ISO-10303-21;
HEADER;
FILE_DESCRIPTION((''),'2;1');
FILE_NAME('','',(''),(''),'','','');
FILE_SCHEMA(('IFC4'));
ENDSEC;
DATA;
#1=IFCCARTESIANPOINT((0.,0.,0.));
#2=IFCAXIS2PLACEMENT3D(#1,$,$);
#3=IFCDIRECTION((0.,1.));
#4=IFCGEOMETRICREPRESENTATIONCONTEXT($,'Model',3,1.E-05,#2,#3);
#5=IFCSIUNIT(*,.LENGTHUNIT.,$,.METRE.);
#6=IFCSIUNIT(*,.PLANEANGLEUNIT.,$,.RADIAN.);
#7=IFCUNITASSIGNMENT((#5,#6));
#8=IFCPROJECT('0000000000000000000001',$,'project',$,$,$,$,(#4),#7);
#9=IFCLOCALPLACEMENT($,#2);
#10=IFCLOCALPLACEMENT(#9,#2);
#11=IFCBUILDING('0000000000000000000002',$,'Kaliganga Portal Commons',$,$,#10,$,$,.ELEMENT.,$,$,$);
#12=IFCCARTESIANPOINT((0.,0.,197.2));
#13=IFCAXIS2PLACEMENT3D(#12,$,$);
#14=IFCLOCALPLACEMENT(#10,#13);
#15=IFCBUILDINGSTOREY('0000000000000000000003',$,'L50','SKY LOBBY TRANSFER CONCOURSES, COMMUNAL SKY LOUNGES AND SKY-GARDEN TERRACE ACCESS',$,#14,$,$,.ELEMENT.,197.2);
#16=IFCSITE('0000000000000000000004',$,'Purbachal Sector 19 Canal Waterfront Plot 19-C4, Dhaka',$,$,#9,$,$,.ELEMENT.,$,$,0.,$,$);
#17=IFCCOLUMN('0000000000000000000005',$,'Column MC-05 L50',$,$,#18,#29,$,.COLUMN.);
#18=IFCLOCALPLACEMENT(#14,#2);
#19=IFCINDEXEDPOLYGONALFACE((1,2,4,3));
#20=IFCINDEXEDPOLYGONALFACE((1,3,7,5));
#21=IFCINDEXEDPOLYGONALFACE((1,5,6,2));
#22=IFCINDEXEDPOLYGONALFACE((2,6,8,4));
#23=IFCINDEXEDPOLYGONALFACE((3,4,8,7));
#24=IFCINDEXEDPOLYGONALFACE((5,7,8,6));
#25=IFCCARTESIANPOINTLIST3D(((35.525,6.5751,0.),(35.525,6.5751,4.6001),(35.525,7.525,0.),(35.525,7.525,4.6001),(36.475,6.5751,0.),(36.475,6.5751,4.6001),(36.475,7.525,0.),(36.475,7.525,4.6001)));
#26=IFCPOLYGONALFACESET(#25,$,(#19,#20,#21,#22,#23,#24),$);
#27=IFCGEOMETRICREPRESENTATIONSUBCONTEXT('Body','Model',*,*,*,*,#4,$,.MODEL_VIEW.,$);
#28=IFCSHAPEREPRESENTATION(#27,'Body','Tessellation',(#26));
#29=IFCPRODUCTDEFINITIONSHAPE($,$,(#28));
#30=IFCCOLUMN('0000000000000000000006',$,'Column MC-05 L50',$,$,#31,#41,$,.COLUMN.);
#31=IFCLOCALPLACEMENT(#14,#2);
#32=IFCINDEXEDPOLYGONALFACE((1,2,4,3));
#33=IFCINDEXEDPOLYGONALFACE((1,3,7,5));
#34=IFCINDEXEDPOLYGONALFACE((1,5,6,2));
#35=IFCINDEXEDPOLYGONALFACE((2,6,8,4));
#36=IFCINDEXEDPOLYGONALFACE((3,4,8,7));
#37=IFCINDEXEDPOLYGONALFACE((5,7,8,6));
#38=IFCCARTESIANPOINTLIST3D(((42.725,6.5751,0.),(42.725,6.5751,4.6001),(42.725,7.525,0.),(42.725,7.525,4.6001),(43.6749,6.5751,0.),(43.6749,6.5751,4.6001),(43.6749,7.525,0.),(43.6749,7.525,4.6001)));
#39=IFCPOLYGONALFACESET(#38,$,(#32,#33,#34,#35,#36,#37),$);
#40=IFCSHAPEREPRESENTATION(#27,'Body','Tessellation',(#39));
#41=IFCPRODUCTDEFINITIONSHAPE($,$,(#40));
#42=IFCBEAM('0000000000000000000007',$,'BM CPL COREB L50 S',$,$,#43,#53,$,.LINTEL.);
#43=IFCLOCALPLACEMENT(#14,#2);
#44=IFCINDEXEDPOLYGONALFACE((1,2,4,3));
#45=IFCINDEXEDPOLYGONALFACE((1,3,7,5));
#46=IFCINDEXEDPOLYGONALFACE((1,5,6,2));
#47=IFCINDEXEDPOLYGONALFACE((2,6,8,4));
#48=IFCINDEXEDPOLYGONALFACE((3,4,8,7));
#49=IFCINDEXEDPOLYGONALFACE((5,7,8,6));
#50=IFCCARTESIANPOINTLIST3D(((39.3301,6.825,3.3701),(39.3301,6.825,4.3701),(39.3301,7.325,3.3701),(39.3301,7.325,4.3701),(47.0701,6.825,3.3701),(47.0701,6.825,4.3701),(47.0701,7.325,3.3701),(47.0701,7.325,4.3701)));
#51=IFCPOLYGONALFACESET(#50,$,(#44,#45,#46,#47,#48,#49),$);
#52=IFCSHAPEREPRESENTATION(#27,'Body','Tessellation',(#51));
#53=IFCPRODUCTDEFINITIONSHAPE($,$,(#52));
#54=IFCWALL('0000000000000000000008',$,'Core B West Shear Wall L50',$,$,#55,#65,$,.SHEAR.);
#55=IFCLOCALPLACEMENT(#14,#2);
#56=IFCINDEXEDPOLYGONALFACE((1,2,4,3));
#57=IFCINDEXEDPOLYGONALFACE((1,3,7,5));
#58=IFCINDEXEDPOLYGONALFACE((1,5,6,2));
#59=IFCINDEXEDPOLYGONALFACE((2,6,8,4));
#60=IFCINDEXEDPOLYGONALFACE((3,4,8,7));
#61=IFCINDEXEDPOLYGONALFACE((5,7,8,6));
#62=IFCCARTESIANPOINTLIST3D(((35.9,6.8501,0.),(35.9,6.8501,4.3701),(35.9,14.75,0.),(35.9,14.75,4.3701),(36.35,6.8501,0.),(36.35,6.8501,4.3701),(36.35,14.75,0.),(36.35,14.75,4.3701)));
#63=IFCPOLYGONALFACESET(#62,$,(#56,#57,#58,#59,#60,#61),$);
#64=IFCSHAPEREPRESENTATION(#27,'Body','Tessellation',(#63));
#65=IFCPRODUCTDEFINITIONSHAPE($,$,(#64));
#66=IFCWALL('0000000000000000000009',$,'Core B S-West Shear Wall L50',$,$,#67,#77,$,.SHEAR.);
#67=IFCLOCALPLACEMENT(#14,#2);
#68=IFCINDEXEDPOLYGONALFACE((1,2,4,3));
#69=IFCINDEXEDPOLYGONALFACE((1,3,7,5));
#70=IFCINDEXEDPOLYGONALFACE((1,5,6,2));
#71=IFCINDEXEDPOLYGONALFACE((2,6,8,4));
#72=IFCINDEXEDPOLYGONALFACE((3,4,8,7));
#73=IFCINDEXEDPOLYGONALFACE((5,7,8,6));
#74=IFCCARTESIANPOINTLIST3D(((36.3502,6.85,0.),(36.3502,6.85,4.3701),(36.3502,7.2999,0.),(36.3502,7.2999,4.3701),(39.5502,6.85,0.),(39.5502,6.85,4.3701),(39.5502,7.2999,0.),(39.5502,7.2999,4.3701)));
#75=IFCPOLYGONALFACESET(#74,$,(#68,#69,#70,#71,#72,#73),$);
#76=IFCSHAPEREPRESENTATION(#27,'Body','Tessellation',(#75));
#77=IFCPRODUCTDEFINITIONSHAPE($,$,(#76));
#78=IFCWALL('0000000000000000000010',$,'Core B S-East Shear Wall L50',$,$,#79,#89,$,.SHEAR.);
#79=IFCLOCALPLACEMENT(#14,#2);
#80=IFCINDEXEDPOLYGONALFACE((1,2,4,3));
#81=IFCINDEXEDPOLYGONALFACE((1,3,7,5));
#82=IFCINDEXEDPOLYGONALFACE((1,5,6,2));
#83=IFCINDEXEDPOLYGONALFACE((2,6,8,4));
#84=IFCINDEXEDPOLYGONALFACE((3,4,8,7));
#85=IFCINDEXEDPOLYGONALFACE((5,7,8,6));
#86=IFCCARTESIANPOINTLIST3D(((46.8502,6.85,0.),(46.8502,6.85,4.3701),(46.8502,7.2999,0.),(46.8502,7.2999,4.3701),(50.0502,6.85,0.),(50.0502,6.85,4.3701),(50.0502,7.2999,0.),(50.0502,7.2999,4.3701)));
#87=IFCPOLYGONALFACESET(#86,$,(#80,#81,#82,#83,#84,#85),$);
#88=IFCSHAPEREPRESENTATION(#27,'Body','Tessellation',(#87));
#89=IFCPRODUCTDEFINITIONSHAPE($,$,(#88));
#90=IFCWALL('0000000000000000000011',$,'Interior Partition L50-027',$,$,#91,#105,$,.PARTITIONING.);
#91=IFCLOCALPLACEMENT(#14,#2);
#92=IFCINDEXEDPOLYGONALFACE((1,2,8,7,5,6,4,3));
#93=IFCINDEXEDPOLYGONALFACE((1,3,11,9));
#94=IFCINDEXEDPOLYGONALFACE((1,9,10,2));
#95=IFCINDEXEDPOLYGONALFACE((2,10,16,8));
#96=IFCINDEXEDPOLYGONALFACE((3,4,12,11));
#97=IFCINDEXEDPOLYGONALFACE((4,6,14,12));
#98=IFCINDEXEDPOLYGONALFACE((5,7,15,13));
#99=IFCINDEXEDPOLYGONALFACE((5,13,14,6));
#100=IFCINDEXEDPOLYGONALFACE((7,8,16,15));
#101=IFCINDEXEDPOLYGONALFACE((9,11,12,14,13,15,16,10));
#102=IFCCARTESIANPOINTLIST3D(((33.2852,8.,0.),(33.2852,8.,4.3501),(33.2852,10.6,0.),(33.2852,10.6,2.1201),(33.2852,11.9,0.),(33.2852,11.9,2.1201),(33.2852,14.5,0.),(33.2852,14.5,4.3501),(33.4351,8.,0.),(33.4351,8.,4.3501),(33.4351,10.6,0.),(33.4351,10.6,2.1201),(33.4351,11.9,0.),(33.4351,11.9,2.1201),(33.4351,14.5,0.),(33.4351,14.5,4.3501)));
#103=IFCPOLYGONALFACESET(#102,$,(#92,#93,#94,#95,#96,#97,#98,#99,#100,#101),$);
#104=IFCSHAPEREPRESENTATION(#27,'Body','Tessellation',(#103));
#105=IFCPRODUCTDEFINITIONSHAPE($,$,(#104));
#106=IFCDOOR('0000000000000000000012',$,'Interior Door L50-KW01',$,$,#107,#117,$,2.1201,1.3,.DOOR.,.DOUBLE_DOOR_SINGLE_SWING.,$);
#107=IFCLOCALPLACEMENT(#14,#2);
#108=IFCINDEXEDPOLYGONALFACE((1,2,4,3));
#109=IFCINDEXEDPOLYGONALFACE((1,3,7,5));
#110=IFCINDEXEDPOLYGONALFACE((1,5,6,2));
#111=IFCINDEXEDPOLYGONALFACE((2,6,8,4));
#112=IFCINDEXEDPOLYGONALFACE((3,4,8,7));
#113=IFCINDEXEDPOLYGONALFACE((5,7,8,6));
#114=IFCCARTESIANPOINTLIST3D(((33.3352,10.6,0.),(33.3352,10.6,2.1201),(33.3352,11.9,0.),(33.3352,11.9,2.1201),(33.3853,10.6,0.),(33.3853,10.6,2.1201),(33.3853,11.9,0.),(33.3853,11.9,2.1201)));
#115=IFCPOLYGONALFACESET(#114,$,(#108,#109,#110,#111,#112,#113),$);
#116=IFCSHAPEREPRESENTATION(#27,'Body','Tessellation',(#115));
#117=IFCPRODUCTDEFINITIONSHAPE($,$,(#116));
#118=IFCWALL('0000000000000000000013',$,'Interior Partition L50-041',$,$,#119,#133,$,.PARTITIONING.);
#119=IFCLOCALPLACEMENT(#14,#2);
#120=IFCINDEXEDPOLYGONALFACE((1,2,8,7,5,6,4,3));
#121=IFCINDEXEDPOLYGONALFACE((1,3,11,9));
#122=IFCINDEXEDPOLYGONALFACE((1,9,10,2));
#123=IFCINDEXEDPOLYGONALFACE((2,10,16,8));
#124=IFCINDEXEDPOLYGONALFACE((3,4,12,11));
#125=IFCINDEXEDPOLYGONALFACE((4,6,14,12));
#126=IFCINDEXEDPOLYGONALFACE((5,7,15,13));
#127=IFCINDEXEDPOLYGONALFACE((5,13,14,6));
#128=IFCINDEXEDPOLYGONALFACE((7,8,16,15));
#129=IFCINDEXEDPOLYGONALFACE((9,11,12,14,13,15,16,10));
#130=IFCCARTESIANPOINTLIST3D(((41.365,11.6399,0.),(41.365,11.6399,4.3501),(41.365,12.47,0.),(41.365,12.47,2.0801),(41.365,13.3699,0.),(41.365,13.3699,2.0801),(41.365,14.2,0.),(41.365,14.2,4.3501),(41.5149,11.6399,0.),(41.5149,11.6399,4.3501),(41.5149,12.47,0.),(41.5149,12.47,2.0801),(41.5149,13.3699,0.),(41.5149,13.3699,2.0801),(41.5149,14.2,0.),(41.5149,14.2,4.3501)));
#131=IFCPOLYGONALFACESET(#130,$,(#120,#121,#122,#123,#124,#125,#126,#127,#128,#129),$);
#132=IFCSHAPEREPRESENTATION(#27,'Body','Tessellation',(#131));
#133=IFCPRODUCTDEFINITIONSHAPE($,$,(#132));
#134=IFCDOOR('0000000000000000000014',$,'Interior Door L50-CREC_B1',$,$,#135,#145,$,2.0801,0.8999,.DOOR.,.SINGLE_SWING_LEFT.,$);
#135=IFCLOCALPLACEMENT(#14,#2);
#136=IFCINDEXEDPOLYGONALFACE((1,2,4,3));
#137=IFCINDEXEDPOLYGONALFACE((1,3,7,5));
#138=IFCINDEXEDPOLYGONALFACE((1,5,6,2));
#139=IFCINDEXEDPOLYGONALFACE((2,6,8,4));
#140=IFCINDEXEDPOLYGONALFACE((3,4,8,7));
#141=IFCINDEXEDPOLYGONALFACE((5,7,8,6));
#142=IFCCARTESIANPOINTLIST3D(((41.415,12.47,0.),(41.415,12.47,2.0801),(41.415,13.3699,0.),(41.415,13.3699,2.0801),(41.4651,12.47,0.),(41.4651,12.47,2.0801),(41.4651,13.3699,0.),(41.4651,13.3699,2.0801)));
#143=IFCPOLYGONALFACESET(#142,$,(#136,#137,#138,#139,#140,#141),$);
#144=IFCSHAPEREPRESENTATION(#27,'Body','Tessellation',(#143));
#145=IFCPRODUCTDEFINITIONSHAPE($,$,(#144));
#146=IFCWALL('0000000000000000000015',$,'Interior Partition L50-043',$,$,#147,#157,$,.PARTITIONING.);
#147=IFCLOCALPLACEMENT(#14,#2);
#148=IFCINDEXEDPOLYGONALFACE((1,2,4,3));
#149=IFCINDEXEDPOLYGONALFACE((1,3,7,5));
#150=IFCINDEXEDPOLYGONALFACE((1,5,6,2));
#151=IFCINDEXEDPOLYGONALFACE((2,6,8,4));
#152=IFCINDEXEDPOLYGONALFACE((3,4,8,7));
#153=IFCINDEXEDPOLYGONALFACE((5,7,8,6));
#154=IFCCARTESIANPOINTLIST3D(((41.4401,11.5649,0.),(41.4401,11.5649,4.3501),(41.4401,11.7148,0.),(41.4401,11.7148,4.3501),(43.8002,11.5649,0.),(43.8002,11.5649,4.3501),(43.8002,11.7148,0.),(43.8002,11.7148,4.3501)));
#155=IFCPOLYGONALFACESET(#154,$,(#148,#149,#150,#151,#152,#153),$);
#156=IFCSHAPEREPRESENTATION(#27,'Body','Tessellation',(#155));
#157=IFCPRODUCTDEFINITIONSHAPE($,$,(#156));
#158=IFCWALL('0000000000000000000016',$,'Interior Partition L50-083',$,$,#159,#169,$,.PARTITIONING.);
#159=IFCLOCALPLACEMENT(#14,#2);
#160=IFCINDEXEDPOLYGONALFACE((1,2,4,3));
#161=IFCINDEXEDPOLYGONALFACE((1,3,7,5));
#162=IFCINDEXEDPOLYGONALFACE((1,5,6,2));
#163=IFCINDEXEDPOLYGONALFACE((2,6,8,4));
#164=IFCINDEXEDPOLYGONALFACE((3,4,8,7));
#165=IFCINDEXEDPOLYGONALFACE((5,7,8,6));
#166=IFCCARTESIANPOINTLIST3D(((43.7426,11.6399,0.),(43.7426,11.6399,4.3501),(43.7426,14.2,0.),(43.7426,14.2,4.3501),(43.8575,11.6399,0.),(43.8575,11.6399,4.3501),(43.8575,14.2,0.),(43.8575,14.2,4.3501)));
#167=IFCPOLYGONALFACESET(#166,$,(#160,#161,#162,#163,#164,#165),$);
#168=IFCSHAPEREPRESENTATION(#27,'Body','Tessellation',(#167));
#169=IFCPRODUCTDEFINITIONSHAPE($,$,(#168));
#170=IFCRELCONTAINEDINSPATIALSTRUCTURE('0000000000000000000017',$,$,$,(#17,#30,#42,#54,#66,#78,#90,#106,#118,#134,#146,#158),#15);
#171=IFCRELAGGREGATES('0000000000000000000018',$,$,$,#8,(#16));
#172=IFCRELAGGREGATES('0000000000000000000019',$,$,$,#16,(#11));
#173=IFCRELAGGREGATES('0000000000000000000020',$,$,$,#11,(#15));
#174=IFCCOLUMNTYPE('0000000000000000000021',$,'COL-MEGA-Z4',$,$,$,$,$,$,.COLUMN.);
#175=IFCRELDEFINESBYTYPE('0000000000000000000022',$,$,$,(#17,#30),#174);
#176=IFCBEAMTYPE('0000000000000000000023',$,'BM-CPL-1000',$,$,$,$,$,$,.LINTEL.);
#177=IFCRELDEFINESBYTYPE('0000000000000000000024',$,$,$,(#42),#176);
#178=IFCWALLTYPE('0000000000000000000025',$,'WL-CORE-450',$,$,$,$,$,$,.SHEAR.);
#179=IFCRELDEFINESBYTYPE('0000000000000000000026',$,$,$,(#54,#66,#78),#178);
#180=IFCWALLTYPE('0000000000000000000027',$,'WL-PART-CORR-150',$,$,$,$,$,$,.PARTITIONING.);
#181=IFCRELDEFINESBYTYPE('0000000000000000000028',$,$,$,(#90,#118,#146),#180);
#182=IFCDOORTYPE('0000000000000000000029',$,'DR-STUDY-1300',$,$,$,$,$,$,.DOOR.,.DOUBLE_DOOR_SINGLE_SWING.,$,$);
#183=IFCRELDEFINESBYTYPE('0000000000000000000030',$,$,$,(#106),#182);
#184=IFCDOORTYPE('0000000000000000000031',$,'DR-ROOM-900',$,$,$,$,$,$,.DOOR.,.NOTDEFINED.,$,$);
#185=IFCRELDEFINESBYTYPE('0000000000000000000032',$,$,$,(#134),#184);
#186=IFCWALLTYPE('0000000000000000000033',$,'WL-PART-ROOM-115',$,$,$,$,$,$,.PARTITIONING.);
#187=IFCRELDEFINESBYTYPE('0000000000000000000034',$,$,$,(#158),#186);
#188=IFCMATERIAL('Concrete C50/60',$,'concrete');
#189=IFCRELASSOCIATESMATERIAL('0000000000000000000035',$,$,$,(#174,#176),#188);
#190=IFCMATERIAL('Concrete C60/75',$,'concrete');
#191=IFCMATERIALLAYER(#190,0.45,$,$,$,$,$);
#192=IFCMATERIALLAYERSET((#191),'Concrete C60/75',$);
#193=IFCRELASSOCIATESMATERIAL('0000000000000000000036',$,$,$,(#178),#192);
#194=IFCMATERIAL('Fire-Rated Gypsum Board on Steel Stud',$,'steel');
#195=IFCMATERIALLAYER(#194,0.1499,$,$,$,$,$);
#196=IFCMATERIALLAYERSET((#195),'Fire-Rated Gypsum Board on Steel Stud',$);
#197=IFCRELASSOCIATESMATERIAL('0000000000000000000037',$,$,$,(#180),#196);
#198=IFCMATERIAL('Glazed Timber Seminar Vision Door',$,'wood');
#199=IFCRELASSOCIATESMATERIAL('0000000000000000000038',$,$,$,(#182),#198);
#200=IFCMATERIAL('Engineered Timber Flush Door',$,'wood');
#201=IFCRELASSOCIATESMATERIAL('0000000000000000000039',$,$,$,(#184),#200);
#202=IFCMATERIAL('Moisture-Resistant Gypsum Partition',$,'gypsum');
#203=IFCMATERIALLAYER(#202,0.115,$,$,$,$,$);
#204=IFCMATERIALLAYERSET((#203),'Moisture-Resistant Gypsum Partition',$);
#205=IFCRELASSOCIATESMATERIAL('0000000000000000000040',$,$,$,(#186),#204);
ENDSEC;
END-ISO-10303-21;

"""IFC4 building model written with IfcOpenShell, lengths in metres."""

from ifc_helpers import new_model, si_unit, direction, frame, frame_2d, origin, origin_2d, place, context, subcontext, project, spatial, rectangle, extrude, source, transform, mapped, material, layer, layer_set, material_profile, profile_set, type_object, element, fill, save


model = new_model("IFC4")

# Units and contexts
model_context = context("Model", 3, precision=1e-05, world=origin(), true_north=direction((0.0, 1.0)))
body_context = subcontext(model_context, "Body", "Model", "MODEL_VIEW")
ifc_project = project(units=[si_unit("LENGTHUNIT", "METRE"), si_unit("PLANEANGLEUNIT", "RADIAN")], contexts=[model_context])

# Site, building, storey
site_placement = place(None, origin())
site = spatial("IfcSite", under=ifc_project, at=site_placement, Name="Purbachal Sector 19 Canal Waterfront Plot 19-C4, Dhaka", CompositionType="ELEMENT", RefElevation=0.0)
building_placement = place(site_placement, origin())
building = spatial("IfcBuilding", under=site, at=building_placement, Name="Kaliganga Portal Commons", CompositionType="ELEMENT")
storey_placement = place(building_placement, frame((0.0, 0.0, 197.2)))
storey = spatial("IfcBuildingStorey", under=building, at=storey_placement, Name="L50", Description="SKY LOBBY TRANSFER CONCOURSES, COMMUNAL SKY LOUNGES AND SKY-GARDEN TERRACE ACCESS", CompositionType="ELEMENT", Elevation=197.2)

# Columns
ifc_material_1 = material(Name="Concrete C50/60", Category="concrete")
ifc_material_profile_1 = material_profile(ifc_material_1, rectangle(XDim=0.95, YDim=0.95, at=origin_2d()), Name="RC 950x950")
ifc_profile_set_1 = profile_set([ifc_material_profile_1], Name="Concrete C50/60")
column_type = type_object("IfcColumnType", Name="COL-MEGA-Z4", PredefinedType="COLUMN", material=ifc_profile_set_1)
shared_shape_1 = source(origin(), body_context, "Body", "SweptSolid", [
    extrude(rectangle(XDim=0.95, YDim=0.95, at=origin_2d()), origin(), (0.0, 0.0, 1.0), 4.6001),
])
for number, where, z_axis, x_axis, name in (
    (1, (36.0, 7.05, 0.0), (0.0, 0.0, 1.0), (1.0, 0.0, 0.0), "Column MC-05 L50"),
    (2, (43.2, 7.05, 0.0), (0.0, 0.0, 1.0), (1.0, 0.0, 0.0), "Column MC-05 L50"),
):
    element("IfcColumn", number, at=place(storey_placement, frame(where, z_axis=z_axis, x_axis=x_axis)), inside=storey, type_object=column_type, Name=name, PredefinedType="COLUMN", context=body_context, shape_type="MappedRepresentation", body=[
        mapped(shared_shape_1, transform((0.0, 0.0, 0.0), x_axis=(1.0, 0.0, 0.0), y_axis=(0.0, 1.0, 0.0), z_axis=(0.0, 0.0, 1.0), scale=1.0)),
    ])

# Beam
ifc_material_profile_2 = material_profile(ifc_material_1, rectangle(XDim=0.5, YDim=1.0, at=origin_2d()), Name="RC 500x1000")
ifc_profile_set_2 = profile_set([ifc_material_profile_2], Name="Concrete C50/60")
beam_type = type_object("IfcBeamType", Name="BM-CPL-1000", PredefinedType="LINTEL", material=ifc_profile_set_2)
shared_shape_2 = source(origin(), body_context, "Body", "SweptSolid", [
    extrude(rectangle(XDim=0.5, YDim=1.0, at=origin_2d()), origin(), (0.0, 0.0, 1.0), 7.74),
])
beam_placement = place(storey_placement, frame((39.3301, 7.075, 3.8701), z_axis=(1.0, 0.0, 0.0), x_axis=(0.0, 1.0, 0.0)))
element("IfcBeam", 3, at=beam_placement, inside=storey, type_object=beam_type, Name="BM CPL COREB L50 S", PredefinedType="LINTEL", context=body_context, shape_type="MappedRepresentation", body=[
    mapped(shared_shape_2, transform((0.0, 0.0, 0.0), x_axis=(1.0, 0.0, 0.0), y_axis=(0.0, 1.0, 0.0), z_axis=(0.0, 0.0, 1.0), scale=1.0)),
])

# Walls
ifc_material_2 = material(Name="Concrete C60/75", Category="concrete")
ifc_layer_1 = layer(ifc_material_2, 0.45)
ifc_layer_set_1 = layer_set([ifc_layer_1], Name="Concrete C60/75")
wall_type_1 = type_object("IfcWallType", Name="WL-CORE-450", PredefinedType="SHEAR", material=ifc_layer_set_1)
wall_1_placement = place(storey_placement, frame((36.125, 6.8501, 0.0), z_axis=(0.0, 0.0, 1.0), x_axis=(0.0, 1.0, 0.0)))
element("IfcWall", 4, at=wall_1_placement, inside=storey, type_object=wall_type_1, Name="Core B West Shear Wall L50", PredefinedType="SHEAR", context=body_context, shape_type="SweptSolid", body=[
    extrude(rectangle(XDim=7.8999, YDim=0.45, at=frame_2d((3.95, 0.0))), origin(), (0.0, 0.0, 1.0), 4.3701),
])
for number, where, z_axis, x_axis, name in (
    (5, (36.3501, 7.075, 0.0), (0.0, 0.0, 1.0), (1.0, 0.0, 0.0), "Core B S-West Shear Wall L50"),
    (6, (46.8501, 7.075, 0.0), (0.0, 0.0, 1.0), (1.0, 0.0, 0.0), "Core B S-East Shear Wall L50"),
):
    element("IfcWall", number, at=place(storey_placement, frame(where, z_axis=z_axis, x_axis=x_axis)), inside=storey, type_object=wall_type_1, Name=name, PredefinedType="SHEAR", context=body_context, shape_type="SweptSolid", body=[
        extrude(rectangle(XDim=3.2, YDim=0.45, at=frame_2d((1.6001, 0.0))), origin(), (0.0, 0.0, 1.0), 4.3701),
    ])

# Walls, openings, doors
ifc_material_3 = material(Name="Fire-Rated Gypsum Board on Steel Stud", Category="steel")
ifc_layer_2 = layer(ifc_material_3, 0.1499)
ifc_layer_set_2 = layer_set([ifc_layer_2], Name="Fire-Rated Gypsum Board on Steel Stud")
wall_type_2 = type_object("IfcWallType", Name="WL-PART-CORR-150", PredefinedType="PARTITIONING", material=ifc_layer_set_2)
wall_2_placement = place(storey_placement, frame((33.3601, 8.0, 0.0), z_axis=(0.0, 0.0, 1.0), x_axis=(0.0, 1.0, 0.0)))
wall_2 = element("IfcWall", 7, at=wall_2_placement, inside=storey, type_object=wall_type_2, Name="Interior Partition L50-027", PredefinedType="PARTITIONING", context=body_context, shape_type="SweptSolid", body=[
    extrude(rectangle(XDim=6.5, YDim=0.1499, at=frame_2d((3.25, 0.0))), origin(), (0.0, 0.0, 1.0), 4.3501),
])
opening_1_placement = place(wall_2_placement, frame((2.6001, 0.0, 0.0)))
opening_1 = element("IfcOpeningElement", 8, at=opening_1_placement, cuts=wall_2, PredefinedType="OPENING", context=body_context, shape_type="SweptSolid", body=[
    extrude(rectangle(XDim=1.3, YDim=2.1201, at=frame_2d((0.6499, 1.0601))), frame((0.0, 0.085, 0.0), z_axis=(0.0, -1.0, 0.0), x_axis=(1.0, 0.0, 0.0)), (0.0, 0.0, 1.0), 0.1699),
])
ifc_material_4 = material(Name="Glazed Timber Seminar Vision Door", Category="wood")
door_type_1 = type_object("IfcDoorType", Name="DR-STUDY-1300", OperationType="DOUBLE_DOOR_SINGLE_SWING", PredefinedType="DOOR", material=ifc_material_4)
door_1_placement = place(opening_1_placement, origin())
door_1 = element("IfcDoor", 9, at=door_1_placement, inside=storey, type_object=door_type_1, Name="Interior Door L50-KW01", OperationType="DOUBLE_DOOR_SINGLE_SWING", OverallHeight=2.1201, OverallWidth=1.3, PredefinedType="DOOR", context=body_context, shape_type="SweptSolid", body=[
    extrude(rectangle(XDim=1.3, YDim=2.1201, at=frame_2d((0.6499, 1.0601))), frame((0.0, 0.0249, 0.0), z_axis=(0.0, -1.0, 0.0), x_axis=(1.0, 0.0, 0.0)), (0.0, 0.0, 1.0), 0.05),
])
fill(opening_1, door_1)
wall_3_placement = place(storey_placement, frame((41.4399, 11.6399, 0.0), z_axis=(0.0, 0.0, 1.0), x_axis=(0.0, 1.0, 0.0)))
wall_3 = element("IfcWall", 10, at=wall_3_placement, inside=storey, type_object=wall_type_2, Name="Interior Partition L50-041", PredefinedType="PARTITIONING", context=body_context, shape_type="SweptSolid", body=[
    extrude(rectangle(XDim=2.5601, YDim=0.1499, at=frame_2d((1.28, 0.0))), origin(), (0.0, 0.0, 1.0), 4.3501),
])
opening_2_placement = place(wall_3_placement, frame((0.8301, 0.0, 0.0)))
opening_2 = element("IfcOpeningElement", 11, at=opening_2_placement, cuts=wall_3, PredefinedType="OPENING", context=body_context, shape_type="SweptSolid", body=[
    extrude(rectangle(XDim=0.8999, YDim=2.0801, at=frame_2d((0.45, 1.04))), frame((0.0, 0.085, 0.0), z_axis=(0.0, -1.0, 0.0), x_axis=(1.0, 0.0, 0.0)), (0.0, 0.0, 1.0), 0.1699),
])
ifc_material_5 = material(Name="Engineered Timber Flush Door", Category="wood")
door_type_2 = type_object("IfcDoorType", Name="DR-ROOM-900", OperationType="NOTDEFINED", PredefinedType="DOOR", material=ifc_material_5)
door_2_placement = place(opening_2_placement, origin())
door_2 = element("IfcDoor", 12, at=door_2_placement, inside=storey, type_object=door_type_2, Name="Interior Door L50-CREC_B1", OperationType="SINGLE_SWING_LEFT", OverallHeight=2.0801, OverallWidth=0.8999, PredefinedType="DOOR", context=body_context, shape_type="SweptSolid", body=[
    extrude(rectangle(XDim=0.8999, YDim=2.0801, at=frame_2d((0.45, 1.04))), frame((0.0, 0.0249, 0.0), z_axis=(0.0, -1.0, 0.0), x_axis=(1.0, 0.0, 0.0)), (0.0, 0.0, 1.0), 0.05),
])
fill(opening_2, door_2)

# Walls
wall_4_placement = place(storey_placement, frame((41.4399, 11.6399, 0.0), z_axis=(0.0, 0.0, 1.0), x_axis=(1.0, 0.0, 0.0)))
element("IfcWall", 13, at=wall_4_placement, inside=storey, type_object=wall_type_2, Name="Interior Partition L50-043", PredefinedType="PARTITIONING", context=body_context, shape_type="SweptSolid", body=[
    extrude(rectangle(XDim=2.3601, YDim=0.1499, at=frame_2d((1.1802, 0.0))), origin(), (0.0, 0.0, 1.0), 4.3501),
])
ifc_material_6 = material(Name="Moisture-Resistant Gypsum Partition", Category="gypsum")
ifc_layer_3 = layer(ifc_material_6, 0.115)
ifc_layer_set_3 = layer_set([ifc_layer_3], Name="Moisture-Resistant Gypsum Partition")
wall_type_3 = type_object("IfcWallType", Name="WL-PART-ROOM-115", PredefinedType="PARTITIONING", material=ifc_layer_set_3)
wall_5_placement = place(storey_placement, frame((43.8, 11.6399, 0.0), z_axis=(0.0, 0.0, 1.0), x_axis=(0.0, 1.0, 0.0)))
element("IfcWall", 14, at=wall_5_placement, inside=storey, type_object=wall_type_3, Name="Interior Partition L50-083", PredefinedType="PARTITIONING", context=body_context, shape_type="SweptSolid", body=[
    extrude(rectangle(XDim=2.5601, YDim=0.115, at=frame_2d((1.28, 0.0))), origin(), (0.0, 0.0, 1.0), 4.3501),
])

save(model, "model.ifc")
